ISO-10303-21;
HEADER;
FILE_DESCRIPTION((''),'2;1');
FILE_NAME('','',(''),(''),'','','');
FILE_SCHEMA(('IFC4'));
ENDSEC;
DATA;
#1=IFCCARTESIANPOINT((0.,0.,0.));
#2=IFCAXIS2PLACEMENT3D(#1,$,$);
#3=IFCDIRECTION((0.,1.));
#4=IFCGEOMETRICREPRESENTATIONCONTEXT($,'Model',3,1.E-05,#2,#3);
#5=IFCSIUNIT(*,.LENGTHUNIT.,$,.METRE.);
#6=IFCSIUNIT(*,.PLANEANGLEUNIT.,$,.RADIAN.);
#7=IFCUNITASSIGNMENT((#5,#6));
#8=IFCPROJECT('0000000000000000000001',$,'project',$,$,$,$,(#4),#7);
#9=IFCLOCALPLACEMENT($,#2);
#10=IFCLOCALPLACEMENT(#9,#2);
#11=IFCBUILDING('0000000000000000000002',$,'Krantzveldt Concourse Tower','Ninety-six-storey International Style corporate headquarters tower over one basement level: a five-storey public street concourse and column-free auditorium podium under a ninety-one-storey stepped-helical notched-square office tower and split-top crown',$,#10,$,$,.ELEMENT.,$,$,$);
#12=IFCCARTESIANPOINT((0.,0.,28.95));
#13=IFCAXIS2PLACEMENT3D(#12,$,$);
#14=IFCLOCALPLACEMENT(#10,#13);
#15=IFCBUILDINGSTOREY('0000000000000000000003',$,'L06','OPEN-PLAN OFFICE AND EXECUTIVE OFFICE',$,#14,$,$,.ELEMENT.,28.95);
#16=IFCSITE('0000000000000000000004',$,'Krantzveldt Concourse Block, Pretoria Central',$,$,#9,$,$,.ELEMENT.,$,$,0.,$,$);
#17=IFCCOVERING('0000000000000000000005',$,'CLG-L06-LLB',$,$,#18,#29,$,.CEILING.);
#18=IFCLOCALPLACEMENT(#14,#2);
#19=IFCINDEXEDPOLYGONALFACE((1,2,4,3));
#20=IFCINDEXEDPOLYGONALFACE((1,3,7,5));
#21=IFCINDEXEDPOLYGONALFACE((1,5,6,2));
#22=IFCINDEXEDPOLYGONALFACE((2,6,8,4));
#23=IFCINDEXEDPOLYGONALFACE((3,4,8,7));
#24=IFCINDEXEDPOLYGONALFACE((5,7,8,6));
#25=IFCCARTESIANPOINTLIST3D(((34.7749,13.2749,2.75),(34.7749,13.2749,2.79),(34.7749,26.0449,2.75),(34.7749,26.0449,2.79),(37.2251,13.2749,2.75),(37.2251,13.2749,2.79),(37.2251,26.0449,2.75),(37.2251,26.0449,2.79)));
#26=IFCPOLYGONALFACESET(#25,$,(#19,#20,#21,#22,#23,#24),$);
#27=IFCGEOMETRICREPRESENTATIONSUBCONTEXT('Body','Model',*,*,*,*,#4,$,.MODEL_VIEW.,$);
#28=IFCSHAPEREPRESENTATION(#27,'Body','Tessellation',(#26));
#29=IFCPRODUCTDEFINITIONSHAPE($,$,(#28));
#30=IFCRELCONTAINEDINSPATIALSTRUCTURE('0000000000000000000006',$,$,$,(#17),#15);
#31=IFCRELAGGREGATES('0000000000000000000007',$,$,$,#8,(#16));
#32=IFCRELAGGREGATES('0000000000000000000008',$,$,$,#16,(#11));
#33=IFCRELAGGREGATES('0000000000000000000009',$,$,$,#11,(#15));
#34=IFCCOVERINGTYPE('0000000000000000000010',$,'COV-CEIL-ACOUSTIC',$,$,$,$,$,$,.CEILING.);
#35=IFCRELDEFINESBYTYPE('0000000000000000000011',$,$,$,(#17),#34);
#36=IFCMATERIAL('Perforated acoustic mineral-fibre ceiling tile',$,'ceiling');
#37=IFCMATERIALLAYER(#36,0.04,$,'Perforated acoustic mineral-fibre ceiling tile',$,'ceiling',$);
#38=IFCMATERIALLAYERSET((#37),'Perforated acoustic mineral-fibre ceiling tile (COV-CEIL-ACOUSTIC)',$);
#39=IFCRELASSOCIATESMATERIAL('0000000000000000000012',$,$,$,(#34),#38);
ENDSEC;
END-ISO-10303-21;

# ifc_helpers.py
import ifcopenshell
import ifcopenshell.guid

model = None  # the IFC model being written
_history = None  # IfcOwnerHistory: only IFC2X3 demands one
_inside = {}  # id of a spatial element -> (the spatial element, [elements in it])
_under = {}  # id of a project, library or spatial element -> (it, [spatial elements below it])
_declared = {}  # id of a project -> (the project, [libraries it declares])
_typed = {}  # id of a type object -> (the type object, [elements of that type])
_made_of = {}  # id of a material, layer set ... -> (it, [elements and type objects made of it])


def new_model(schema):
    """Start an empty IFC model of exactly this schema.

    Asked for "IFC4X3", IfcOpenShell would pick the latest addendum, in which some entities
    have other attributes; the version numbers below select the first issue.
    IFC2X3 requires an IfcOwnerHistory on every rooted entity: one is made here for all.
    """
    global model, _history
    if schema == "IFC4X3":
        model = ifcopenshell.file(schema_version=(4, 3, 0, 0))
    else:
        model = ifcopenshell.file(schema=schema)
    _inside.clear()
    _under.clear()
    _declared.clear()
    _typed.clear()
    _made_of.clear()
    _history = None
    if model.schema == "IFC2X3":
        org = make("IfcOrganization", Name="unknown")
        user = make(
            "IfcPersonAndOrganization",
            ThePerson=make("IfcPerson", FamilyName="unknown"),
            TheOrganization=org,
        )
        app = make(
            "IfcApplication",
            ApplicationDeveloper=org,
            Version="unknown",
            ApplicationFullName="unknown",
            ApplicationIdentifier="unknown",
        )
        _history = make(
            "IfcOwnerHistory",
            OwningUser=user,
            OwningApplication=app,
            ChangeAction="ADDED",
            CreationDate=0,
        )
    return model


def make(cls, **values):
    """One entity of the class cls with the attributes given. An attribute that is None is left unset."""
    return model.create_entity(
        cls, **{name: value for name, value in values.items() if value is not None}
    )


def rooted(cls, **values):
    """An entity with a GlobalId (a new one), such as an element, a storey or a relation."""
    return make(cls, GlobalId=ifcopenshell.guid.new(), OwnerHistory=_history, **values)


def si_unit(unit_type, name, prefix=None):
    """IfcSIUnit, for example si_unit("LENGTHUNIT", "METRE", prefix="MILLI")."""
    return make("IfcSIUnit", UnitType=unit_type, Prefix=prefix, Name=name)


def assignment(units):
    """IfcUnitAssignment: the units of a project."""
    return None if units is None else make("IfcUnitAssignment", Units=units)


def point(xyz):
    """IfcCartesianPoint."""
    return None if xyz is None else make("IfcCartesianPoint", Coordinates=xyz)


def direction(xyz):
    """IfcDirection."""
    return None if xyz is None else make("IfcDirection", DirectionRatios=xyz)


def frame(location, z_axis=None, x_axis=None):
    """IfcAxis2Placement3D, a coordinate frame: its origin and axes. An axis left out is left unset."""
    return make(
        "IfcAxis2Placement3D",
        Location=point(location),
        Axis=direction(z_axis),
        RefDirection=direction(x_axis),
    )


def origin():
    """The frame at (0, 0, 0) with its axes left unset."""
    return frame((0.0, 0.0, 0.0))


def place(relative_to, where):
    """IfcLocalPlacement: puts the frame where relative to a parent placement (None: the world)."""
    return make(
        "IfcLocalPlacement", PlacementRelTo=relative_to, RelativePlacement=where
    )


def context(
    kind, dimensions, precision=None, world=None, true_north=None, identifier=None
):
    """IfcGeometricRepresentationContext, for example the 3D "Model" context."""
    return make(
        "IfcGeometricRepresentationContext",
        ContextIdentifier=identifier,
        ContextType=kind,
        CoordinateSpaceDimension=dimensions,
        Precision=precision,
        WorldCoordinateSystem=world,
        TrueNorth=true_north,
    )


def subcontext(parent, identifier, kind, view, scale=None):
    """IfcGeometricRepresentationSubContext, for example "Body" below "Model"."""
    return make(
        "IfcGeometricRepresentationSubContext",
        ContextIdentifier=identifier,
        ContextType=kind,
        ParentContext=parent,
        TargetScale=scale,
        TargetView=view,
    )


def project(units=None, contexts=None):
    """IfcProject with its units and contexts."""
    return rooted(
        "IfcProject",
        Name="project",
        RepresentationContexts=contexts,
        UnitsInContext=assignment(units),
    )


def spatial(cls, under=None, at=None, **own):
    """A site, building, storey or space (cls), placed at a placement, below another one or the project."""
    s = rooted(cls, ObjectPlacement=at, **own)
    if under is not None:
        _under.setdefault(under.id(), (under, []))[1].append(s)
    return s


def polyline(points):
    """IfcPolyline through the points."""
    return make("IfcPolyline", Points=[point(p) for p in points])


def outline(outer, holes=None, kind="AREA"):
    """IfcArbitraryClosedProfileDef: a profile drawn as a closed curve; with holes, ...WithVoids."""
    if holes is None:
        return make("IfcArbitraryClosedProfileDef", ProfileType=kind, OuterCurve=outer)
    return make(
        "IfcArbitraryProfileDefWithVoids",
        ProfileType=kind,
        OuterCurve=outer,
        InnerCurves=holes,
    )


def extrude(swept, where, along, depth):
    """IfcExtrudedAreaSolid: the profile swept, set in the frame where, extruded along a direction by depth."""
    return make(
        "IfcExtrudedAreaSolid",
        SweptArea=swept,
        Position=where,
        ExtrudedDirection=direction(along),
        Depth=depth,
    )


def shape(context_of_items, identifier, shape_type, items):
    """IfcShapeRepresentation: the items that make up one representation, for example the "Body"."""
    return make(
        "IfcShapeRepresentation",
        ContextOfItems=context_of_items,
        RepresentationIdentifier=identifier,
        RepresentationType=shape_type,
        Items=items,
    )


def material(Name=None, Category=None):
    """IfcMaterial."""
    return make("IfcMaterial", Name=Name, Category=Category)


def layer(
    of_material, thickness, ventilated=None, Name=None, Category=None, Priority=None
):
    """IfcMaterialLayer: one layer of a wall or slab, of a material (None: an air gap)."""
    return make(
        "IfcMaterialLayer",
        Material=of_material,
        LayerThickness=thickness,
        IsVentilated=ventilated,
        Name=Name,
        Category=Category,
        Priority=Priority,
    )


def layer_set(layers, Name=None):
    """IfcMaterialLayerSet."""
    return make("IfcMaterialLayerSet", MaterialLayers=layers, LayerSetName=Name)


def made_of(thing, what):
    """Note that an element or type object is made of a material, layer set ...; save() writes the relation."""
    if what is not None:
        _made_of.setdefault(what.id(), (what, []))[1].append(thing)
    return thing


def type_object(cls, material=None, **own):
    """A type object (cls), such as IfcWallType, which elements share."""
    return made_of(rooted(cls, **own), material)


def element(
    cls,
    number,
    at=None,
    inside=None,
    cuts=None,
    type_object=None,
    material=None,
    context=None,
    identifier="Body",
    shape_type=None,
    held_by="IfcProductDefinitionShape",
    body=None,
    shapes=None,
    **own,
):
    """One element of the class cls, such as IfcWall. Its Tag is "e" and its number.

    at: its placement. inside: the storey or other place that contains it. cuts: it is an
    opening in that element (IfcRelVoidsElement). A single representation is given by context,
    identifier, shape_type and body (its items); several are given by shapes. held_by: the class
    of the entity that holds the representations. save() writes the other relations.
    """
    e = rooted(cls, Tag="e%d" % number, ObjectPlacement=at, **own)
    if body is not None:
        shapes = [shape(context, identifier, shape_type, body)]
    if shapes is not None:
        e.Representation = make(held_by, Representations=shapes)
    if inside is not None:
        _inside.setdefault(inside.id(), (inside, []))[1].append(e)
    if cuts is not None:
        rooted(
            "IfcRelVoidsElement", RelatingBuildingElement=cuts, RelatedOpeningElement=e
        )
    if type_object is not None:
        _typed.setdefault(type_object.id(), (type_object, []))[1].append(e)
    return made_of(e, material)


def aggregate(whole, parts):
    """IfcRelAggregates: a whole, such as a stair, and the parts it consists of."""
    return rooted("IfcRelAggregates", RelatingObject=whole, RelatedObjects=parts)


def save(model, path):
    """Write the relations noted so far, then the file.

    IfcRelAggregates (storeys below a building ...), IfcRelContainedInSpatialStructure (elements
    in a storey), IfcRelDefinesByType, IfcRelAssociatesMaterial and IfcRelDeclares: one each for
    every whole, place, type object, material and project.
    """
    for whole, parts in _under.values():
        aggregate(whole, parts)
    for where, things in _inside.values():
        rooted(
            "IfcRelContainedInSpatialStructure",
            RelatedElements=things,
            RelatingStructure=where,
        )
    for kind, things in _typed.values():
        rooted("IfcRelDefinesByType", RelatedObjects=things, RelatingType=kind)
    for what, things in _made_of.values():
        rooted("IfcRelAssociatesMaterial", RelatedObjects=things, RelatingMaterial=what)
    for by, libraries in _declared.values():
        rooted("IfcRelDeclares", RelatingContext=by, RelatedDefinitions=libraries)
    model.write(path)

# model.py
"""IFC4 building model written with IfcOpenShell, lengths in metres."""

from ifc_helpers import new_model, si_unit, direction, frame, origin, place, context, subcontext, project, spatial, polyline, outline, extrude, material, layer, layer_set, type_object, element, save


model = new_model("IFC4")

# Units and contexts
model_context = context("Model", 3, precision=1e-05, world=origin(), true_north=direction((0.0, 1.0)))
body_context = subcontext(model_context, "Body", "Model", "MODEL_VIEW")
ifc_project = project(units=[si_unit("LENGTHUNIT", "METRE"), si_unit("PLANEANGLEUNIT", "RADIAN")], contexts=[model_context])

# Site, building, storey
site_placement = place(None, origin())
site = spatial("IfcSite", under=ifc_project, at=site_placement, Name="Krantzveldt Concourse Block, Pretoria Central", CompositionType="ELEMENT", RefElevation=0.0)
building_placement = place(site_placement, origin())
building = spatial("IfcBuilding", under=site, at=building_placement, Name="Krantzveldt Concourse Tower", Description="Ninety-six-storey International Style corporate headquarters tower over one basement level: a five-storey public street concourse and column-free auditorium podium under a ninety-one-storey stepped-helical notched-square office tower and split-top crown", CompositionType="ELEMENT")
storey_placement = place(building_placement, frame((0.0, 0.0, 28.95)))
storey = spatial("IfcBuildingStorey", under=building, at=storey_placement, Name="L06", Description="OPEN-PLAN OFFICE AND EXECUTIVE OFFICE", CompositionType="ELEMENT", Elevation=28.95)

# Covering
ifc_material_1 = material(Name="Perforated acoustic mineral-fibre ceiling tile", Category="ceiling")
ifc_layer_1 = layer(ifc_material_1, 0.04, Name="Perforated acoustic mineral-fibre ceiling tile", Category="ceiling")
ifc_layer_set_1 = layer_set([ifc_layer_1], Name="Perforated acoustic mineral-fibre ceiling tile (COV-CEIL-ACOUSTIC)")
covering_type = type_object("IfcCoveringType", Name="COV-CEIL-ACOUSTIC", PredefinedType="CEILING", material=ifc_layer_set_1)
covering_placement = place(storey_placement, frame((0.0, 0.0, 2.75)))
element("IfcCovering", 1, at=covering_placement, inside=storey, type_object=covering_type, Name="CLG-L06-LLB", PredefinedType="CEILING", context=body_context, shape_type="SweptSolid", body=[
    extrude(outline(polyline([(37.2251, 13.2749), (34.7749, 13.2749), (34.7749, 26.0449), (37.2251, 26.0449), (37.2251, 13.2749)])), origin(), (0.0, 0.0, 1.0), 0.04),
])

save(model, "model.ifc")
